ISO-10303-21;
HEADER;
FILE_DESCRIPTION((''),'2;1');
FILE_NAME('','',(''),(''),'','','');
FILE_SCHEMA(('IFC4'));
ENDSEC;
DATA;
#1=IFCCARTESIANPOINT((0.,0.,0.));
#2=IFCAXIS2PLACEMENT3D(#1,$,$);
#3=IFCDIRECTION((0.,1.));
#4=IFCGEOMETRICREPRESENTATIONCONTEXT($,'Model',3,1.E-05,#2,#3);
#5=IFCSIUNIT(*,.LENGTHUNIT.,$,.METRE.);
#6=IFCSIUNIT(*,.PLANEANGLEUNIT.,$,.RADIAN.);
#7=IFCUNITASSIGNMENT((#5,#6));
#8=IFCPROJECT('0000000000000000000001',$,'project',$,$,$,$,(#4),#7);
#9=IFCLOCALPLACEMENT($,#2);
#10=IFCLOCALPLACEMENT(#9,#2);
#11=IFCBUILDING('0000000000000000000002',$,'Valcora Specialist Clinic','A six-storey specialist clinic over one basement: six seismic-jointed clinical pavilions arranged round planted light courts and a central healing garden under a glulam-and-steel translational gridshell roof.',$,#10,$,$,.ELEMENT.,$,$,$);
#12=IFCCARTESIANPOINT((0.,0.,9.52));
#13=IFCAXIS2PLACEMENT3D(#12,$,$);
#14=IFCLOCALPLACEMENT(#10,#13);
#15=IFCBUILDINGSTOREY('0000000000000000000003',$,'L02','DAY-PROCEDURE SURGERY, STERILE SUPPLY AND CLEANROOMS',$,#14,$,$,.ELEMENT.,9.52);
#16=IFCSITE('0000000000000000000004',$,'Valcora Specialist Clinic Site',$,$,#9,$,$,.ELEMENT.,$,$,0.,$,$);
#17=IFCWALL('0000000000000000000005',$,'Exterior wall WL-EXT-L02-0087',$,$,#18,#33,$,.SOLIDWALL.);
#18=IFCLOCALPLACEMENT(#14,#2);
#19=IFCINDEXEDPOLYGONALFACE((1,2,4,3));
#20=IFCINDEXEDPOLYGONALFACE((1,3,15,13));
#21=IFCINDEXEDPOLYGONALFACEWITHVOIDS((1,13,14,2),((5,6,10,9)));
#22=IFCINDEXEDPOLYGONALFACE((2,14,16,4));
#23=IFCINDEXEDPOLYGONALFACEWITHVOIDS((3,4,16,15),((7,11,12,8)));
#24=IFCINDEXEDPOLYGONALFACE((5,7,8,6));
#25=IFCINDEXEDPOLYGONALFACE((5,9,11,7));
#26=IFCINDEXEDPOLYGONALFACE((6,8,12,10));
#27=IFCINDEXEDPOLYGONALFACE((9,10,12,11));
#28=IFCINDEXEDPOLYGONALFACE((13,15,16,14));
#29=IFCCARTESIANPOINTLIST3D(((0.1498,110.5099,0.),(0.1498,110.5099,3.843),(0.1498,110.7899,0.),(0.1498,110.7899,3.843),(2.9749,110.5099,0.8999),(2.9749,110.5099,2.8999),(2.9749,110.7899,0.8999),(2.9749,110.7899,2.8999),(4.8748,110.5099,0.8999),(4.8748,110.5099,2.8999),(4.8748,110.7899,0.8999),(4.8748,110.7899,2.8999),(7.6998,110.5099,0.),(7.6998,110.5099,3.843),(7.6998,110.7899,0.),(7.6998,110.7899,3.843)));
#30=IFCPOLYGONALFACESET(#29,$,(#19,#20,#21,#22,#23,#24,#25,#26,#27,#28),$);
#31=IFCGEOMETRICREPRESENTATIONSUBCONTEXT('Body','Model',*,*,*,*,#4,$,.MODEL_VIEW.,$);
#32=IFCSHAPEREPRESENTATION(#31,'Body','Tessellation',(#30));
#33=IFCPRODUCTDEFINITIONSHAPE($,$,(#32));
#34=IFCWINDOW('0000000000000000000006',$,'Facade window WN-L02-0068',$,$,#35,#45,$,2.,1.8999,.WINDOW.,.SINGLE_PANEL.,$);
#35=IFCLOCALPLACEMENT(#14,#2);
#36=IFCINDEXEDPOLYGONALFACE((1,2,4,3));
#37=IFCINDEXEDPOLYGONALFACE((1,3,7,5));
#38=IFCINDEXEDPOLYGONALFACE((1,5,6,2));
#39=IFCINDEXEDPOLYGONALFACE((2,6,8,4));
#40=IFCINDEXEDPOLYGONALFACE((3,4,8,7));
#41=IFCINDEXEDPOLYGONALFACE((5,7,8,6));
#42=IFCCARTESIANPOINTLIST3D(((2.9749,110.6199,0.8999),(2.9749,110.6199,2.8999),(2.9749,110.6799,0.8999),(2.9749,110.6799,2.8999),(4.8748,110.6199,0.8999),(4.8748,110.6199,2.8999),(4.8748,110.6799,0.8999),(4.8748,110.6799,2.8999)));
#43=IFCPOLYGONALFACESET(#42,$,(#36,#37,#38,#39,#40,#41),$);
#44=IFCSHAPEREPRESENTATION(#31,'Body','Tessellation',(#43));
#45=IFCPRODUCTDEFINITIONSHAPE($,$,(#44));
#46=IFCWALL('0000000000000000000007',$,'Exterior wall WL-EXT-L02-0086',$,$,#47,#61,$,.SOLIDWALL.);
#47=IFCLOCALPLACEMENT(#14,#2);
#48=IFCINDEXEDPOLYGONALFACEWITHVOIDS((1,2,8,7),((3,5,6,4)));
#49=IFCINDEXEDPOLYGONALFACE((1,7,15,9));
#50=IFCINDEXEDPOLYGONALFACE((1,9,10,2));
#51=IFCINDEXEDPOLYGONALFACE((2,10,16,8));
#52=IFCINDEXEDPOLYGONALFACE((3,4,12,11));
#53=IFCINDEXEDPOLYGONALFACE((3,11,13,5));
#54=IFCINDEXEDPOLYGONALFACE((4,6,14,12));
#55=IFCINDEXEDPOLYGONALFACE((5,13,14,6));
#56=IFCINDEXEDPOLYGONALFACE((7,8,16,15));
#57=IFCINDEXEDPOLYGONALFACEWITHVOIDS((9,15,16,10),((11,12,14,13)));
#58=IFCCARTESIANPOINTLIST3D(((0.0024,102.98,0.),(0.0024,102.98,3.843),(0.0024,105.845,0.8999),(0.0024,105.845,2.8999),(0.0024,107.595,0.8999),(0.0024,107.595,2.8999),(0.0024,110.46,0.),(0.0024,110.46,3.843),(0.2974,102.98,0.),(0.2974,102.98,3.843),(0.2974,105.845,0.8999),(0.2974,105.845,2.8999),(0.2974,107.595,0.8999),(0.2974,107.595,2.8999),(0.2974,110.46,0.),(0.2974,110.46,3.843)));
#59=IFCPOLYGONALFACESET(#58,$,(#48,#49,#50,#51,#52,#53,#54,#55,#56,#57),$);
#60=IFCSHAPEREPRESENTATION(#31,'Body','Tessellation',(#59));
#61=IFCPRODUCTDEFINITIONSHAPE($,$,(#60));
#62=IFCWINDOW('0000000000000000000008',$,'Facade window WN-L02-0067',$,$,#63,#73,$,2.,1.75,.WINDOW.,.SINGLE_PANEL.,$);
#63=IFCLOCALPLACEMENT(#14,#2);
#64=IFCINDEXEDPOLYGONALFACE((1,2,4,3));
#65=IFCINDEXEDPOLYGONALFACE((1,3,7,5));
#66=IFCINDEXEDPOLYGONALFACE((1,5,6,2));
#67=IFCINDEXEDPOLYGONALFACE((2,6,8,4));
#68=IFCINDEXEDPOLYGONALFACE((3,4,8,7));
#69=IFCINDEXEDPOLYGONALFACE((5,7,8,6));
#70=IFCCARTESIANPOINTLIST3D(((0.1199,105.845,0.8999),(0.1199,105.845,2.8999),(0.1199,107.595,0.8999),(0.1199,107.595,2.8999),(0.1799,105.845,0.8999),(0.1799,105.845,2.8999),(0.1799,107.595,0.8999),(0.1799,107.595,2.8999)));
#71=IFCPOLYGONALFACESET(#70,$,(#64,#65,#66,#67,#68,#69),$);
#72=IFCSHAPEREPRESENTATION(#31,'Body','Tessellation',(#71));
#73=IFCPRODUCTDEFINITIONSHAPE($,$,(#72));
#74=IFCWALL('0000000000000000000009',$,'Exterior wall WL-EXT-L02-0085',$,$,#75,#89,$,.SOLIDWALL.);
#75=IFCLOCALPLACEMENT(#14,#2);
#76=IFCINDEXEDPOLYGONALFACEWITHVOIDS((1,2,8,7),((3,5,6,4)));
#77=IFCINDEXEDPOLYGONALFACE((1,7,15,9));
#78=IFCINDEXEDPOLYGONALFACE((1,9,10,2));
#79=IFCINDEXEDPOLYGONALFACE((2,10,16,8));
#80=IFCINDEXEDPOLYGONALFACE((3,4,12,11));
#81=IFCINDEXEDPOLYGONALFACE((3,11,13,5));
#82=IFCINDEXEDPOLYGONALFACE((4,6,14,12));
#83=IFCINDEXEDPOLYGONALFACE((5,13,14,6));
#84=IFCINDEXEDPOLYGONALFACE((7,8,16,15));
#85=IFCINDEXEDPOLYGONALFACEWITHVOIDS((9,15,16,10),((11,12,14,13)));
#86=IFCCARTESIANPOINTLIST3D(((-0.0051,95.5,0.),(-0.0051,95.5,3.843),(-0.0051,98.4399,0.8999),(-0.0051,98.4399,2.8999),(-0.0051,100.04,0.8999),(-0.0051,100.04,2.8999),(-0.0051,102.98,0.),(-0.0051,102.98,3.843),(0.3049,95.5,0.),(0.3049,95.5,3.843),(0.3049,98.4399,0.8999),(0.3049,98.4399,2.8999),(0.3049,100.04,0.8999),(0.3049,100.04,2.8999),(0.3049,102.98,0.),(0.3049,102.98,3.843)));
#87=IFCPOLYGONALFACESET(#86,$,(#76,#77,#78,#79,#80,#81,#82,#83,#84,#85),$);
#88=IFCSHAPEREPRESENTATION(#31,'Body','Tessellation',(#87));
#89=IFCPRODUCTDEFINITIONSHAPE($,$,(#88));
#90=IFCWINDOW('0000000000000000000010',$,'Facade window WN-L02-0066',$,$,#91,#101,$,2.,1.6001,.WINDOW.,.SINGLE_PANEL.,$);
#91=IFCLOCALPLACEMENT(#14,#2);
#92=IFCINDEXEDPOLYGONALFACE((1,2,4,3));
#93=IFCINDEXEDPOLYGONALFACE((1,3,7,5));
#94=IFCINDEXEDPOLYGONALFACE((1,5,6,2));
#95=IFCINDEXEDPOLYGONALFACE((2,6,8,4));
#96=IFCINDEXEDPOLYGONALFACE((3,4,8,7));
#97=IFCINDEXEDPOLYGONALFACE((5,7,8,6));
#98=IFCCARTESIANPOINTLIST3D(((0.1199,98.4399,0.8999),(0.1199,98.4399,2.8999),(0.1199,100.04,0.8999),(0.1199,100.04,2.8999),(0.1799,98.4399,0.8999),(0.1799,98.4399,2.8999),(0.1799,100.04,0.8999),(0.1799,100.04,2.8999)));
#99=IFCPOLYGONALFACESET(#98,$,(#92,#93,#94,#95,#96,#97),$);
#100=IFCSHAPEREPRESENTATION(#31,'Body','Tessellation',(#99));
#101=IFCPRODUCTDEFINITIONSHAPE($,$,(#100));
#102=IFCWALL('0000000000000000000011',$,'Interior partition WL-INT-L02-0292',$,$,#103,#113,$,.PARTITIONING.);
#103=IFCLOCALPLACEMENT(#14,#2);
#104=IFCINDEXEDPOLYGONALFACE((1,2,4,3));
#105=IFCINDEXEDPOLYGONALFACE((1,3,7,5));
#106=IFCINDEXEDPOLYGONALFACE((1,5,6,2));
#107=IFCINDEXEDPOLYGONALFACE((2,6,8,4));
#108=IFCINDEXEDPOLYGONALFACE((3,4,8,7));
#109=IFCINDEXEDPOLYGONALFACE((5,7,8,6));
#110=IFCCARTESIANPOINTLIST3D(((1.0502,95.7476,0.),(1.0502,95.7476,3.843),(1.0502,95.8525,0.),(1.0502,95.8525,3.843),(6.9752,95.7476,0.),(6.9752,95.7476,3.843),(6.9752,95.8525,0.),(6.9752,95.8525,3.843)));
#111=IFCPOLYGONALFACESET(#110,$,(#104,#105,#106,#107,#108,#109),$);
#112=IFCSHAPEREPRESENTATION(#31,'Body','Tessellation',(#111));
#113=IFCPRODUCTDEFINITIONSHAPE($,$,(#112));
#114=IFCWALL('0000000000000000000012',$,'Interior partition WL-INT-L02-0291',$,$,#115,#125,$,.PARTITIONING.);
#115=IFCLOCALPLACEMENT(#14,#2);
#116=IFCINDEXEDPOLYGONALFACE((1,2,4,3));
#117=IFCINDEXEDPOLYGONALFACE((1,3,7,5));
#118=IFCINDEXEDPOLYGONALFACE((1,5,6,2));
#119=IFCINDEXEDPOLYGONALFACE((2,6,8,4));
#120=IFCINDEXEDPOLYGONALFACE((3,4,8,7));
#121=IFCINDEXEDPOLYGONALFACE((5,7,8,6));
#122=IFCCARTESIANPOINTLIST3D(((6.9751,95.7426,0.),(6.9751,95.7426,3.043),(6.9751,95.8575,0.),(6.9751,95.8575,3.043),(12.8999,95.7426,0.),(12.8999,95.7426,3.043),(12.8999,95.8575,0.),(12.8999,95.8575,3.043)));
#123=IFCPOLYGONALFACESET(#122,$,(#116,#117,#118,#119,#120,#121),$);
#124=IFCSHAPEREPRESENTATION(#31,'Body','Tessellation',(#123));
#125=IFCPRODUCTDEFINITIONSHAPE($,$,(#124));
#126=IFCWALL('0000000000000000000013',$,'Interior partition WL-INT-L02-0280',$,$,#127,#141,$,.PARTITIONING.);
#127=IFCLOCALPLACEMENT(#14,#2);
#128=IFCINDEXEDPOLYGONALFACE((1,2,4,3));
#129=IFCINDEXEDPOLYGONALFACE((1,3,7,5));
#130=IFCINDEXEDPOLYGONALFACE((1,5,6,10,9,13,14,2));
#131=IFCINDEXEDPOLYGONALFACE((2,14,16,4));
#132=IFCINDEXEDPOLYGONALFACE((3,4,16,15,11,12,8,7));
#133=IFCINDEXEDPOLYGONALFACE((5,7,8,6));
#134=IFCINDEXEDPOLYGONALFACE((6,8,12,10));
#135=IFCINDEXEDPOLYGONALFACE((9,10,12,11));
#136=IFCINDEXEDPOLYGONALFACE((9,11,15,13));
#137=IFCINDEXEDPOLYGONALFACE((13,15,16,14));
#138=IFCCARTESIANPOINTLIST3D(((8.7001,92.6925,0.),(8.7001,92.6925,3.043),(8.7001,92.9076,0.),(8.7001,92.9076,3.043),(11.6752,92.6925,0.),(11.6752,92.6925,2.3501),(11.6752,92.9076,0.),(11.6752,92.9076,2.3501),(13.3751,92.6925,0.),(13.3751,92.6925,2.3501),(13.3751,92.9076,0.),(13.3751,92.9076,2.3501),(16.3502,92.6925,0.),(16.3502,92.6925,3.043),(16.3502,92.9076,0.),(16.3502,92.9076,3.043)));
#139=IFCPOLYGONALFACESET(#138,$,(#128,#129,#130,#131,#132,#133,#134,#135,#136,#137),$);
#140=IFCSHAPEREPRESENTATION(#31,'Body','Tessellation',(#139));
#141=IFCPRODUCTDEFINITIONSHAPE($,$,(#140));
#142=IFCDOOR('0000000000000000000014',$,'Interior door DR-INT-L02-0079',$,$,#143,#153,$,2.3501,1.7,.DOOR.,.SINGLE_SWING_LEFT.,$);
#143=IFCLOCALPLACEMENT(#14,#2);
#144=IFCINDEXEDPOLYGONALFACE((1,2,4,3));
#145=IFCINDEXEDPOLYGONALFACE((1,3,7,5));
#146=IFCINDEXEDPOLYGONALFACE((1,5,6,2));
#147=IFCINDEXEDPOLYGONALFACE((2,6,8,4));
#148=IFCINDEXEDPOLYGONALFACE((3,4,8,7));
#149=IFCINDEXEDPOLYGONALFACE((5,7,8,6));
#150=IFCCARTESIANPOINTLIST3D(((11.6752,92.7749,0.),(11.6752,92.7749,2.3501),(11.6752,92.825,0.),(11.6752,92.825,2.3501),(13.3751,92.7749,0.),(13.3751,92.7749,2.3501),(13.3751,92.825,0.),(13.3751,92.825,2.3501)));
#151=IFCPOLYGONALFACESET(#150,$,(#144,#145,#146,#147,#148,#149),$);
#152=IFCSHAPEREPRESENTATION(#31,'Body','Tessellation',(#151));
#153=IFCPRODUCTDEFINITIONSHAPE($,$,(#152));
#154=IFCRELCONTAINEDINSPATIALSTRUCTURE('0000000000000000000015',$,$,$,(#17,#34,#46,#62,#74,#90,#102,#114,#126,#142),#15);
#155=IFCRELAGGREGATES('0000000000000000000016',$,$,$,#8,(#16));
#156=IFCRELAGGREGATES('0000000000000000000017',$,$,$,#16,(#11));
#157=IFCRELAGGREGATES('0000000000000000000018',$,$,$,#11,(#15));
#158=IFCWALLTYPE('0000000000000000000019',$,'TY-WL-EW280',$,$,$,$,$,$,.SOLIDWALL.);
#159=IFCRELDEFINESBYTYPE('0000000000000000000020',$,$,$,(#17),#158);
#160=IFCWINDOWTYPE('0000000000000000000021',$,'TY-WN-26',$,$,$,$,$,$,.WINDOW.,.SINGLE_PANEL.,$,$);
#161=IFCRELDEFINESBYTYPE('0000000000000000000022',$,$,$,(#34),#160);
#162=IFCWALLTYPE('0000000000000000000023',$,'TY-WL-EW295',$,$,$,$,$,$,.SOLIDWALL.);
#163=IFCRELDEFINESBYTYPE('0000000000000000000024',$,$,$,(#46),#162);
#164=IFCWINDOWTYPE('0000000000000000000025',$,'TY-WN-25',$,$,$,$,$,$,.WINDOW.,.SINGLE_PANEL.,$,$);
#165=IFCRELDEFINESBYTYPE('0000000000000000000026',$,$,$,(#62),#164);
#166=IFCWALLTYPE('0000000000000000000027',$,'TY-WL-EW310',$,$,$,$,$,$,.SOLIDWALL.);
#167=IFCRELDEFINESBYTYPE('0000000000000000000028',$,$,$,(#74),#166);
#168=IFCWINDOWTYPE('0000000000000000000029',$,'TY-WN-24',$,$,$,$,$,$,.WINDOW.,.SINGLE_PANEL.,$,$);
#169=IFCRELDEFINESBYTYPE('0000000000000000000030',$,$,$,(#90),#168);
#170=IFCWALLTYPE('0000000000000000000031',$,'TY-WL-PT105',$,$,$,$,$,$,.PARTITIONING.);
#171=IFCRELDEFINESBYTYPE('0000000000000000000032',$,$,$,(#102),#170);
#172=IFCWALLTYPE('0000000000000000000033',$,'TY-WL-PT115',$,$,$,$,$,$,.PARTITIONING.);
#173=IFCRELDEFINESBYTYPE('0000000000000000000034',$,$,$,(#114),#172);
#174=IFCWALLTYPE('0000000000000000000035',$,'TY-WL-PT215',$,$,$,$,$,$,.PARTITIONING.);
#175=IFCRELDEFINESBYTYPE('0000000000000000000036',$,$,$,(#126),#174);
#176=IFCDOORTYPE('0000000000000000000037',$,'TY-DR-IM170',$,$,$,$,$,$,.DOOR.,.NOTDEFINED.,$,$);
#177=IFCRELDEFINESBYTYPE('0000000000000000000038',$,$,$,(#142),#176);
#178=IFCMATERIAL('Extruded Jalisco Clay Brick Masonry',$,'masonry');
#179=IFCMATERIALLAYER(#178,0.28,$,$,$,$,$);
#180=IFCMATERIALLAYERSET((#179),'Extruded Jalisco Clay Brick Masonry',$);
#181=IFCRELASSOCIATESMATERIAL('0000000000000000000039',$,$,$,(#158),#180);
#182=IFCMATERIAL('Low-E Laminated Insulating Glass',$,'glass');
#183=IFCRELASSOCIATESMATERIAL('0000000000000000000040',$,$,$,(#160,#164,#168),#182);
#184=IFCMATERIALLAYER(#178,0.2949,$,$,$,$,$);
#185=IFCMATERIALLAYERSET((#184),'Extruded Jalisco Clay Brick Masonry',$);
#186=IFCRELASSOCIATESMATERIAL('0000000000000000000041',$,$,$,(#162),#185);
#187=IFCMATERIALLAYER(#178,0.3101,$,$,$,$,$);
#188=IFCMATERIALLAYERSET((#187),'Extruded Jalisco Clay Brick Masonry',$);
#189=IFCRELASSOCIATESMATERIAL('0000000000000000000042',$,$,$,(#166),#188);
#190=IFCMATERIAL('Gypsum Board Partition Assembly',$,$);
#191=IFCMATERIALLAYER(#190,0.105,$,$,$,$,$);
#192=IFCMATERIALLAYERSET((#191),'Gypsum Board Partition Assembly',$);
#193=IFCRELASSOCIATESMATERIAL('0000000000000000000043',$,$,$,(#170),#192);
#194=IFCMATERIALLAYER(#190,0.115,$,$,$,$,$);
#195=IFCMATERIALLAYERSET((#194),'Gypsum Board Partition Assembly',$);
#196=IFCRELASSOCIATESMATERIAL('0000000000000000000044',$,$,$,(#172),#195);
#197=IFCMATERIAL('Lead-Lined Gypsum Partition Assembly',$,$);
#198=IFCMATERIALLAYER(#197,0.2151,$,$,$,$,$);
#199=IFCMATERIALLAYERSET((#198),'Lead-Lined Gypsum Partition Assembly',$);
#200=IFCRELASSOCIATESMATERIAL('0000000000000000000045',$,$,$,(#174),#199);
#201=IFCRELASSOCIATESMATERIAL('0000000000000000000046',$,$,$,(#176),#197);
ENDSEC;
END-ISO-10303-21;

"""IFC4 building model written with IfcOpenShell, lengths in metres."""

from ifc_helpers import new_model, si_unit, direction, frame, frame_2d, origin, place, context, subcontext, project, spatial, rectangle, extrude, material, layer, layer_set, type_object, element, fill, save


model = new_model("IFC4")

# Units and contexts
model_context = context("Model", 3, precision=1e-05, world=origin(), true_north=direction((0.0, 1.0)))
body_context = subcontext(model_context, "Body", "Model", "MODEL_VIEW")
ifc_project = project(units=[si_unit("LENGTHUNIT", "METRE"), si_unit("PLANEANGLEUNIT", "RADIAN")], contexts=[model_context])

# Site, building, storey
site_placement = place(None, origin())
site = spatial("IfcSite", under=ifc_project, at=site_placement, Name="Valcora Specialist Clinic Site", CompositionType="ELEMENT", RefElevation=0.0)
building_placement = place(site_placement, origin())
building = spatial("IfcBuilding", under=site, at=building_placement, Name="Valcora Specialist Clinic", Description="A six-storey specialist clinic over one basement: six seismic-jointed clinical pavilions arranged round planted light courts and a central healing garden under a glulam-and-steel translational gridshell roof.", CompositionType="ELEMENT")
storey_placement = place(building_placement, frame((0.0, 0.0, 9.52)))
storey = spatial("IfcBuildingStorey", under=building, at=storey_placement, Name="L02", Description="DAY-PROCEDURE SURGERY, STERILE SUPPLY AND CLEANROOMS", CompositionType="ELEMENT", Elevation=9.52)

# Walls, openings, windows
ifc_material_1 = material(Name="Extruded Jalisco Clay Brick Masonry", Category="masonry")
ifc_material_2 = material(Name="Low-E Laminated Insulating Glass", Category="glass")
ifc_layer_1 = layer(ifc_material_1, 0.28)
ifc_layer_set_1 = layer_set([ifc_layer_1], Name="Extruded Jalisco Clay Brick Masonry")
wall_type_1 = type_object("IfcWallType", Name="TY-WL-EW280", PredefinedType="SOLIDWALL", material=ifc_layer_set_1)
wall_1_placement = place(storey_placement, frame((0.1499, 110.6499, 0.0), z_axis=(0.0, 0.0, 1.0), x_axis=(1.0, 0.0, 0.0)))
wall_1 = element("IfcWall", 1, at=wall_1_placement, inside=storey, type_object=wall_type_1, Name="Exterior wall WL-EXT-L02-0087", PredefinedType="SOLIDWALL", context=body_context, shape_type="SweptSolid", body=[
    extrude(rectangle(XDim=7.55, YDim=0.28, at=frame_2d((3.7749, 0.0))), origin(), (0.0, 0.0, 1.0), 3.843),
])
opening_1_placement = place(wall_1_placement, frame((2.825, 0.0, 0.8999)))
opening_1 = element("IfcOpeningElement", 2, at=opening_1_placement, cuts=wall_1, PredefinedType="OPENING", context=body_context, shape_type="SweptSolid", body=[
    extrude(rectangle(XDim=1.8999, YDim=2.0, at=frame_2d((0.95, 1.0))), frame((0.0, 0.1499, 0.0), z_axis=(0.0, -1.0, 0.0), x_axis=(1.0, 0.0, 0.0)), (0.0, 0.0, 1.0), 0.3),
])
window_type_1 = type_object("IfcWindowType", Name="TY-WN-26", PartitioningType="SINGLE_PANEL", PredefinedType="WINDOW", material=ifc_material_2)
window_1_placement = place(opening_1_placement, origin())
window_1 = element("IfcWindow", 3, at=window_1_placement, inside=storey, type_object=window_type_1, Name="Facade window WN-L02-0068", OverallHeight=2.0, OverallWidth=1.8999, PartitioningType="SINGLE_PANEL", PredefinedType="WINDOW", context=body_context, shape_type="SweptSolid", body=[
    extrude(rectangle(XDim=1.8999, YDim=2.0, at=frame_2d((0.95, 1.0))), frame((0.0, 0.03, 0.0), z_axis=(0.0, -1.0, 0.0), x_axis=(1.0, 0.0, 0.0)), (0.0, 0.0, 1.0), 0.0601),
])
fill(opening_1, window_1)
ifc_layer_2 = layer(ifc_material_1, 0.2949)
ifc_layer_set_2 = layer_set([ifc_layer_2], Name="Extruded Jalisco Clay Brick Masonry")
wall_type_2 = type_object("IfcWallType", Name="TY-WL-EW295", PredefinedType="SOLIDWALL", material=ifc_layer_set_2)
wall_2_placement = place(storey_placement, frame((0.1499, 102.98, 0.0), z_axis=(0.0, 0.0, 1.0), x_axis=(0.0, 1.0, 0.0)))
wall_2 = element("IfcWall", 4, at=wall_2_placement, inside=storey, type_object=wall_type_2, Name="Exterior wall WL-EXT-L02-0086", PredefinedType="SOLIDWALL", context=body_context, shape_type="SweptSolid", body=[
    extrude(rectangle(XDim=7.48, YDim=0.2949, at=frame_2d((3.74, 0.0))), origin(), (0.0, 0.0, 1.0), 3.843),
])
opening_2_placement = place(wall_2_placement, frame((2.865, 0.0, 0.8999)))
opening_2 = element("IfcOpeningElement", 5, at=opening_2_placement, cuts=wall_2, PredefinedType="OPENING", context=body_context, shape_type="SweptSolid", body=[
    extrude(rectangle(XDim=1.75, YDim=2.0, at=frame_2d((0.875, 1.0))), frame((0.0, 0.1575, 0.0), z_axis=(0.0, -1.0, 0.0), x_axis=(1.0, 0.0, 0.0)), (0.0, 0.0, 1.0), 0.3149),
])
window_type_2 = type_object("IfcWindowType", Name="TY-WN-25", PartitioningType="SINGLE_PANEL", PredefinedType="WINDOW", material=ifc_material_2)
window_2_placement = place(opening_2_placement, origin())
window_2 = element("IfcWindow", 6, at=window_2_placement, inside=storey, type_object=window_type_2, Name="Facade window WN-L02-0067", OverallHeight=2.0, OverallWidth=1.75, PartitioningType="SINGLE_PANEL", PredefinedType="WINDOW", context=body_context, shape_type="SweptSolid", body=[
    extrude(rectangle(XDim=1.75, YDim=2.0, at=frame_2d((0.875, 1.0))), frame((0.0, 0.03, 0.0), z_axis=(0.0, -1.0, 0.0), x_axis=(1.0, 0.0, 0.0)), (0.0, 0.0, 1.0), 0.0601),
])
fill(opening_2, window_2)
ifc_layer_3 = layer(ifc_material_1, 0.3101)
ifc_layer_set_3 = layer_set([ifc_layer_3], Name="Extruded Jalisco Clay Brick Masonry")
wall_type_3 = type_object("IfcWallType", Name="TY-WL-EW310", PredefinedType="SOLIDWALL", material=ifc_layer_set_3)
wall_3_placement = place(storey_placement, frame((0.1499, 95.5, 0.0), z_axis=(0.0, 0.0, 1.0), x_axis=(0.0, 1.0, 0.0)))
wall_3 = element("IfcWall", 7, at=wall_3_placement, inside=storey, type_object=wall_type_3, Name="Exterior wall WL-EXT-L02-0085", PredefinedType="SOLIDWALL", context=body_context, shape_type="SweptSolid", body=[
    extrude(rectangle(XDim=7.48, YDim=0.3101, at=frame_2d((3.74, 0.0))), origin(), (0.0, 0.0, 1.0), 3.843),
])
opening_3_placement = place(wall_3_placement, frame((2.9399, 0.0, 0.8999)))
opening_3 = element("IfcOpeningElement", 8, at=opening_3_placement, cuts=wall_3, PredefinedType="OPENING", context=body_context, shape_type="SweptSolid", body=[
    extrude(rectangle(XDim=1.6001, YDim=2.0, at=frame_2d((0.8, 1.0))), frame((0.0, 0.165, 0.0), z_axis=(0.0, -1.0, 0.0), x_axis=(1.0, 0.0, 0.0)), (0.0, 0.0, 1.0), 0.3301),
])
window_type_3 = type_object("IfcWindowType", Name="TY-WN-24", PartitioningType="SINGLE_PANEL", PredefinedType="WINDOW", material=ifc_material_2)
window_3_placement = place(opening_3_placement, origin())
window_3 = element("IfcWindow", 9, at=window_3_placement, inside=storey, type_object=window_type_3, Name="Facade window WN-L02-0066", OverallHeight=2.0, OverallWidth=1.6001, PartitioningType="SINGLE_PANEL", PredefinedType="WINDOW", context=body_context, shape_type="SweptSolid", body=[
    extrude(rectangle(XDim=1.6001, YDim=2.0, at=frame_2d((0.8, 1.0))), frame((0.0, 0.03, 0.0), z_axis=(0.0, -1.0, 0.0), x_axis=(1.0, 0.0, 0.0)), (0.0, 0.0, 1.0), 0.0601),
])
fill(opening_3, window_3)

# Walls
ifc_material_3 = material(Name="Gypsum Board Partition Assembly")
ifc_layer_4 = layer(ifc_material_3, 0.105)
ifc_layer_set_4 = layer_set([ifc_layer_4], Name="Gypsum Board Partition Assembly")
wall_type_4 = type_object("IfcWallType", Name="TY-WL-PT105", PredefinedType="PARTITIONING", material=ifc_layer_set_4)
wall_4_placement = place(storey_placement, frame((6.9751, 95.8, 0.0), z_axis=(0.0, 0.0, 1.0), x_axis=(-1.0, 0.0, 0.0)))
element("IfcWall", 10, at=wall_4_placement, inside=storey, type_object=wall_type_4, Name="Interior partition WL-INT-L02-0292", PredefinedType="PARTITIONING", context=body_context, shape_type="SweptSolid", body=[
    extrude(rectangle(XDim=5.925, YDim=0.105, at=frame_2d((2.9624, 0.0))), origin(), (0.0, 0.0, 1.0), 3.843),
])
ifc_layer_5 = layer(ifc_material_3, 0.115)
ifc_layer_set_5 = layer_set([ifc_layer_5], Name="Gypsum Board Partition Assembly")
wall_type_5 = type_object("IfcWallType", Name="TY-WL-PT115", PredefinedType="PARTITIONING", material=ifc_layer_set_5)
wall_5_placement = place(storey_placement, frame((12.8999, 95.8, 0.0), z_axis=(0.0, 0.0, 1.0), x_axis=(-1.0, 0.0, 0.0)))
element("IfcWall", 11, at=wall_5_placement, inside=storey, type_object=wall_type_5, Name="Interior partition WL-INT-L02-0291", PredefinedType="PARTITIONING", context=body_context, shape_type="SweptSolid", body=[
    extrude(rectangle(XDim=5.9248, YDim=0.115, at=frame_2d((2.9624, 0.0))), origin(), (0.0, 0.0, 1.0), 3.043),
])

# Wall, opening, door
ifc_material_4 = material(Name="Lead-Lined Gypsum Partition Assembly")
ifc_layer_6 = layer(ifc_material_4, 0.2151)
ifc_layer_set_6 = layer_set([ifc_layer_6], Name="Lead-Lined Gypsum Partition Assembly")
wall_type_6 = type_object("IfcWallType", Name="TY-WL-PT215", PredefinedType="PARTITIONING", material=ifc_layer_set_6)
wall_6_placement = place(storey_placement, frame((8.7, 92.8, 0.0), z_axis=(0.0, 0.0, 1.0), x_axis=(1.0, 0.0, 0.0)))
wall_6 = element("IfcWall", 12, at=wall_6_placement, inside=storey, type_object=wall_type_6, Name="Interior partition WL-INT-L02-0280", PredefinedType="PARTITIONING", context=body_context, shape_type="SweptSolid", body=[
    extrude(rectangle(XDim=7.6501, YDim=0.2151, at=frame_2d((3.8252, 0.0))), origin(), (0.0, 0.0, 1.0), 3.043),
])
opening_4_placement = place(wall_6_placement, frame((2.9751, 0.0, 0.0)))
opening_4 = element("IfcOpeningElement", 13, at=opening_4_placement, cuts=wall_6, PredefinedType="OPENING", context=body_context, shape_type="SweptSolid", body=[
    extrude(rectangle(XDim=1.7, YDim=2.3501, at=frame_2d((0.8501, 1.175))), frame((0.0, 0.1174, 0.0), z_axis=(0.0, -1.0, 0.0), x_axis=(1.0, 0.0, 0.0)), (0.0, 0.0, 1.0), 0.2351),
])
door_type_1 = type_object("IfcDoorType", Name="TY-DR-IM170", OperationType="NOTDEFINED", PredefinedType="DOOR", material=ifc_material_4)
door_1_placement = place(opening_4_placement, origin())
door_1 = element("IfcDoor", 14, at=door_1_placement, inside=storey, type_object=door_type_1, Name="Interior door DR-INT-L02-0079", OperationType="SINGLE_SWING_LEFT", OverallHeight=2.3501, OverallWidth=1.7, PredefinedType="DOOR", context=body_context, shape_type="SweptSolid", body=[
    extrude(rectangle(XDim=1.7, YDim=2.3501, at=frame_2d((0.8501, 1.175))), frame((0.0, 0.0249, 0.0), z_axis=(0.0, -1.0, 0.0), x_axis=(1.0, 0.0, 0.0)), (0.0, 0.0, 1.0), 0.05),
])
fill(opening_4, door_1)

save(model, "model.ifc")
